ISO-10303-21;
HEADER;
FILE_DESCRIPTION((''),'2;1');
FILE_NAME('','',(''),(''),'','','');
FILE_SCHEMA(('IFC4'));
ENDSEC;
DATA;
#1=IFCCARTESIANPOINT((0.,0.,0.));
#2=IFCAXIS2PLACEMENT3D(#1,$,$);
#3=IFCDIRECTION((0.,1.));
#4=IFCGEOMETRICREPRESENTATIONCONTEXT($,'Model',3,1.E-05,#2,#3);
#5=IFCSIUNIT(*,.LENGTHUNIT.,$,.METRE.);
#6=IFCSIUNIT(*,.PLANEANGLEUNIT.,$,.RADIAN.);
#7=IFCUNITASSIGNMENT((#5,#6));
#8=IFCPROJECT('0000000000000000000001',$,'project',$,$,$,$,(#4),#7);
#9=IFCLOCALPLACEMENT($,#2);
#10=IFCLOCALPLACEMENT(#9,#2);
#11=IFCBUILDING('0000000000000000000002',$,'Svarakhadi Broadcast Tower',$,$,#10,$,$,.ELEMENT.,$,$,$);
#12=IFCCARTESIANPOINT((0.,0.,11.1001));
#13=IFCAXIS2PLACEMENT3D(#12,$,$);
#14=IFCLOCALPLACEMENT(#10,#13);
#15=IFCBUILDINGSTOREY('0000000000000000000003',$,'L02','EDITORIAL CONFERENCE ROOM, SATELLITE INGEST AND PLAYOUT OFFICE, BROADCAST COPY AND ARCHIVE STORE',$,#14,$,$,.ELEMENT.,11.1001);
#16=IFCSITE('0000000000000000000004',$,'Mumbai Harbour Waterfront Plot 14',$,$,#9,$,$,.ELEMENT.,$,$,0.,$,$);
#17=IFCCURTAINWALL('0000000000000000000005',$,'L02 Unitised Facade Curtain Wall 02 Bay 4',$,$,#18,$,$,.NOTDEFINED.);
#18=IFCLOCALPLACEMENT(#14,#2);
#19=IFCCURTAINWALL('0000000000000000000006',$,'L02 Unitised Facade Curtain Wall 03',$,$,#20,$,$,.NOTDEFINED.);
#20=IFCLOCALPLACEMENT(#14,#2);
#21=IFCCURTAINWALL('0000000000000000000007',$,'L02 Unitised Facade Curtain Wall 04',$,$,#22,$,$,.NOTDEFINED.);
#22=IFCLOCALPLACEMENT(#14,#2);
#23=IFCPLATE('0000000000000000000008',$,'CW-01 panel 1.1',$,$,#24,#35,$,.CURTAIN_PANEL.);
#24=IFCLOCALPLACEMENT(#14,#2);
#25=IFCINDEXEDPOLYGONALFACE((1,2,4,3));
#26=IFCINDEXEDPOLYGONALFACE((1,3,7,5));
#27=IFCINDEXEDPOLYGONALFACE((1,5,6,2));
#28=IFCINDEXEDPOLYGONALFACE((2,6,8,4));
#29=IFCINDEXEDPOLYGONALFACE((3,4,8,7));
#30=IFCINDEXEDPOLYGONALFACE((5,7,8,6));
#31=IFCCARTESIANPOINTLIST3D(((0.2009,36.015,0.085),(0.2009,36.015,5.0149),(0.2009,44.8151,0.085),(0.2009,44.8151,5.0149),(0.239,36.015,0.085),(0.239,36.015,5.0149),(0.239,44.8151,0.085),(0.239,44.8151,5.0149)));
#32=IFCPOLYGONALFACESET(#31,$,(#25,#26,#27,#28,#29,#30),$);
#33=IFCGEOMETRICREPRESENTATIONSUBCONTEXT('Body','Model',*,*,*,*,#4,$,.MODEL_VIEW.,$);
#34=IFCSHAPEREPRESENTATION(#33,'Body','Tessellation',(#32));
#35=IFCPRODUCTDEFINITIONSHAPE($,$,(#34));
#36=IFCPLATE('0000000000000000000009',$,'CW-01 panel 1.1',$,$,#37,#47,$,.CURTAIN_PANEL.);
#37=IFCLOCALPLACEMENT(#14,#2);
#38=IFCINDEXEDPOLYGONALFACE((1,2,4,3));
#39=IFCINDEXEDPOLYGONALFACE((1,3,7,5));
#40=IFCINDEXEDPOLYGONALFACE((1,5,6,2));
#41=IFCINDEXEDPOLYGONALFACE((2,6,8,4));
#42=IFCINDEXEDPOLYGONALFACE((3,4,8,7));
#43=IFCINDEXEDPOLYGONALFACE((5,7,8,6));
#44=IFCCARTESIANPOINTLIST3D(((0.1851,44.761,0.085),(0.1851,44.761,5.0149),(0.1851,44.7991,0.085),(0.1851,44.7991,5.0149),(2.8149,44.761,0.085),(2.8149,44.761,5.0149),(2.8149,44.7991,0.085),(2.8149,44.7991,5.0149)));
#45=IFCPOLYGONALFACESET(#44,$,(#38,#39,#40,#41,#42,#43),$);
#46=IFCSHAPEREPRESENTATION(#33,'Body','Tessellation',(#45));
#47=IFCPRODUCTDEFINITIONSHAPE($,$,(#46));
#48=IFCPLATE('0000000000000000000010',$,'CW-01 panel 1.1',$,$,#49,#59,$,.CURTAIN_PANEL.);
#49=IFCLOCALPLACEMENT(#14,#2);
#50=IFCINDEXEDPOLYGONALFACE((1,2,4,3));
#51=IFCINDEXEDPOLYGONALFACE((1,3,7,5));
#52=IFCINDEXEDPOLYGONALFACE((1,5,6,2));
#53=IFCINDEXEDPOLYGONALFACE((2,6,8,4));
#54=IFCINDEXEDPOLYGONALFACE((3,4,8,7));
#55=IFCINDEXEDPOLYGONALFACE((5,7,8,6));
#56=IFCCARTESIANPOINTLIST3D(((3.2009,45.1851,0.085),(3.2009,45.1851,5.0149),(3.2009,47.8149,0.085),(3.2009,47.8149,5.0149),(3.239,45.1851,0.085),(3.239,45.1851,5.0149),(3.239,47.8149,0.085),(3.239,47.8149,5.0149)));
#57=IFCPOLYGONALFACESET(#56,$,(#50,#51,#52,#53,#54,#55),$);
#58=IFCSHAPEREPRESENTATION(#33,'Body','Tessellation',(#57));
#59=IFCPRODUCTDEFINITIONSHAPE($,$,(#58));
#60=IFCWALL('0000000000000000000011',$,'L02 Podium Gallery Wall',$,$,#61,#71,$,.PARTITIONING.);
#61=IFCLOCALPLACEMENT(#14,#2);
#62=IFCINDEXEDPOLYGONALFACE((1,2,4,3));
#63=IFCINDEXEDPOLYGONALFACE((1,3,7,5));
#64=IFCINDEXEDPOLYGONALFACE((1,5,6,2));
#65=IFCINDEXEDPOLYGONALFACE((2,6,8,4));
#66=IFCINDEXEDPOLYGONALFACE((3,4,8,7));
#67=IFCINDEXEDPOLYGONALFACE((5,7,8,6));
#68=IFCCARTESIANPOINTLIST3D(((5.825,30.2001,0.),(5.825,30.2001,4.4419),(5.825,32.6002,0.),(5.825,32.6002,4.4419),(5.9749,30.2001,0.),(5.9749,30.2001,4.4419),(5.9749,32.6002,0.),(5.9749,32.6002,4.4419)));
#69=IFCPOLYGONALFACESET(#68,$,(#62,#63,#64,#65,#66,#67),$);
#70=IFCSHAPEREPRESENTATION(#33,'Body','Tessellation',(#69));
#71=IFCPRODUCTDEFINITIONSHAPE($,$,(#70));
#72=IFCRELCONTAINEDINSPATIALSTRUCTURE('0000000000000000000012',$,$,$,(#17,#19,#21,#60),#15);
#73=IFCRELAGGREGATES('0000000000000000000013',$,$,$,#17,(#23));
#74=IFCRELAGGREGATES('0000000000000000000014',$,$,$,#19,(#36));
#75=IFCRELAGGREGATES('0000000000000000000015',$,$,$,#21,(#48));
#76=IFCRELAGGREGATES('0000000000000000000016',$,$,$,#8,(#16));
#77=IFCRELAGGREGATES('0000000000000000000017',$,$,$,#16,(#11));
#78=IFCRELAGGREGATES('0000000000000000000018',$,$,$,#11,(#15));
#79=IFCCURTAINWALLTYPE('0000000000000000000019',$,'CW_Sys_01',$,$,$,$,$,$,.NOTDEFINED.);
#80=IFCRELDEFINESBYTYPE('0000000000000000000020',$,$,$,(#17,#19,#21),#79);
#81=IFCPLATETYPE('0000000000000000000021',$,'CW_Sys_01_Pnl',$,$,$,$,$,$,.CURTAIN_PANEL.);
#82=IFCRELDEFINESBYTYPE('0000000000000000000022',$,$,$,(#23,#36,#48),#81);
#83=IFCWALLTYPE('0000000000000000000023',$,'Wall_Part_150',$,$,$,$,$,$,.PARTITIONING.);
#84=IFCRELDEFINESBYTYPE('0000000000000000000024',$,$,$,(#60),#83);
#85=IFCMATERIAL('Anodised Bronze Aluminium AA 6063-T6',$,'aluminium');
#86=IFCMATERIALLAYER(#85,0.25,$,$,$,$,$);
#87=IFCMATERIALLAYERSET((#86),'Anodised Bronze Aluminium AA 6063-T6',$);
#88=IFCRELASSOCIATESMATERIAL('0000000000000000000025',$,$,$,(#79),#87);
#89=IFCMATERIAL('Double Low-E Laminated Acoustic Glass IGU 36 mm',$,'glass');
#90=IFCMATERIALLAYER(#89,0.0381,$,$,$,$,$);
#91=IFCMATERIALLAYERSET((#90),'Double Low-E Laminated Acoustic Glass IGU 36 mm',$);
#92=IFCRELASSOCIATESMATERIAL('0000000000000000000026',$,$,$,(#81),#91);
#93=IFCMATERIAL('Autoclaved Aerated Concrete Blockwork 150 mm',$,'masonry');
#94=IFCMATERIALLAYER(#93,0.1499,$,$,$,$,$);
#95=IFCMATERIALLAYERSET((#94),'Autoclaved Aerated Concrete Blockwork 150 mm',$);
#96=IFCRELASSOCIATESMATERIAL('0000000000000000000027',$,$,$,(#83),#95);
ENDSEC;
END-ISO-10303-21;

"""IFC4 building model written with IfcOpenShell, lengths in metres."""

from ifc_helpers import new_model, si_unit, direction, frame, frame_2d, origin, origin_2d, place, context, subcontext, project, spatial, rectangle, extrude, material, layer, layer_set, type_object, element, aggregate, save


model = new_model("IFC4")

# Units and contexts
model_context = context("Model", 3, precision=1e-05, world=origin(), true_north=direction((0.0, 1.0)))
body_context = subcontext(model_context, "Body", "Model", "MODEL_VIEW")
ifc_project = project(units=[si_unit("LENGTHUNIT", "METRE"), si_unit("PLANEANGLEUNIT", "RADIAN")], contexts=[model_context])

# Site, building, storey
site_placement = place(None, origin())
site = spatial("IfcSite", under=ifc_project, at=site_placement, Name="Mumbai Harbour Waterfront Plot 14", CompositionType="ELEMENT", RefElevation=0.0)
building_placement = place(site_placement, origin())
building = spatial("IfcBuilding", under=site, at=building_placement, Name="Svarakhadi Broadcast Tower", CompositionType="ELEMENT")
storey_placement = place(building_placement, frame((0.0, 0.0, 11.1001)))
storey = spatial("IfcBuildingStorey", under=building, at=storey_placement, Name="L02", Description="EDITORIAL CONFERENCE ROOM, SATELLITE INGEST AND PLAYOUT OFFICE, BROADCAST COPY AND ARCHIVE STORE", CompositionType="ELEMENT", Elevation=11.1001)

# Shared definitions
ifc_material_1 = material(Name="Anodised Bronze Aluminium AA 6063-T6", Category="aluminium")
ifc_layer_1 = layer(ifc_material_1, 0.25)
ifc_layer_set_1 = layer_set([ifc_layer_1], Name="Anodised Bronze Aluminium AA 6063-T6")
curtain_wall_type = type_object("IfcCurtainWallType", Name="CW_Sys_01", PredefinedType="NOTDEFINED", material=ifc_layer_set_1)

# Curtain walls
curtain_wall_1_placement = place(storey_placement, origin())
curtain_wall_1 = element("IfcCurtainWall", 1, at=curtain_wall_1_placement, inside=storey, type_object=curtain_wall_type, Name="L02 Unitised Facade Curtain Wall 02 Bay 4", PredefinedType="NOTDEFINED")
curtain_wall_2_placement = place(storey_placement, origin())
curtain_wall_2 = element("IfcCurtainWall", 2, at=curtain_wall_2_placement, inside=storey, type_object=curtain_wall_type, Name="L02 Unitised Facade Curtain Wall 03", PredefinedType="NOTDEFINED")
curtain_wall_3_placement = place(storey_placement, origin())
curtain_wall_3 = element("IfcCurtainWall", 3, at=curtain_wall_3_placement, inside=storey, type_object=curtain_wall_type, Name="L02 Unitised Facade Curtain Wall 04", PredefinedType="NOTDEFINED")

# Plates
ifc_material_2 = material(Name="Double Low-E Laminated Acoustic Glass IGU 36 mm", Category="glass")
ifc_layer_2 = layer(ifc_material_2, 0.0381)
ifc_layer_set_2 = layer_set([ifc_layer_2], Name="Double Low-E Laminated Acoustic Glass IGU 36 mm")
plate_type = type_object("IfcPlateType", Name="CW_Sys_01_Pnl", PredefinedType="CURTAIN_PANEL", material=ifc_layer_set_2)
plate_1_placement = place(storey_placement, frame((0.22, 40.415, 0.085), z_axis=(0.0, 0.0, 1.0), x_axis=(0.0, 1.0, 0.0)))
plate_1 = element("IfcPlate", 4, at=plate_1_placement, type_object=plate_type, Name="CW-01 panel 1.1", PredefinedType="CURTAIN_PANEL", context=body_context, shape_type="SweptSolid", body=[
    extrude(rectangle(XDim=8.8, YDim=0.0381, at=origin_2d()), origin(), (0.0, 0.0, 1.0), 4.9299),
])
aggregate(curtain_wall_1, [plate_1])
plate_2_placement = place(storey_placement, frame((1.5, 44.78, 0.085), z_axis=(0.0, 0.0, 1.0), x_axis=(1.0, 0.0, 0.0)))
plate_2 = element("IfcPlate", 5, at=plate_2_placement, type_object=plate_type, Name="CW-01 panel 1.1", PredefinedType="CURTAIN_PANEL", context=body_context, shape_type="SweptSolid", body=[
    extrude(rectangle(XDim=2.6299, YDim=0.0381, at=origin_2d()), origin(), (0.0, 0.0, 1.0), 4.9299),
])
aggregate(curtain_wall_2, [plate_2])
plate_3_placement = place(storey_placement, frame((3.22, 46.5, 0.085), z_axis=(0.0, 0.0, 1.0), x_axis=(0.0, 1.0, 0.0)))
plate_3 = element("IfcPlate", 6, at=plate_3_placement, type_object=plate_type, Name="CW-01 panel 1.1", PredefinedType="CURTAIN_PANEL", context=body_context, shape_type="SweptSolid", body=[
    extrude(rectangle(XDim=2.6299, YDim=0.0381, at=origin_2d()), origin(), (0.0, 0.0, 1.0), 4.9299),
])
aggregate(curtain_wall_3, [plate_3])

# Wall
ifc_material_3 = material(Name="Autoclaved Aerated Concrete Blockwork 150 mm", Category="masonry")
ifc_layer_3 = layer(ifc_material_3, 0.1499)
ifc_layer_set_3 = layer_set([ifc_layer_3], Name="Autoclaved Aerated Concrete Blockwork 150 mm")
wall_type = type_object("IfcWallType", Name="Wall_Part_150", PredefinedType="PARTITIONING", material=ifc_layer_set_3)
wall_placement = place(storey_placement, frame((5.8999, 30.2, 0.0), z_axis=(0.0, 0.0, 1.0), x_axis=(0.0, 1.0, 0.0)))
element("IfcWall", 7, at=wall_placement, inside=storey, type_object=wall_type, Name="L02 Podium Gallery Wall", PredefinedType="PARTITIONING", context=body_context, shape_type="SweptSolid", body=[
    extrude(rectangle(XDim=2.4001, YDim=0.1499, at=frame_2d((1.2002, 0.0))), origin(), (0.0, 0.0, 1.0), 4.4419),
])

save(model, "model.ifc")
